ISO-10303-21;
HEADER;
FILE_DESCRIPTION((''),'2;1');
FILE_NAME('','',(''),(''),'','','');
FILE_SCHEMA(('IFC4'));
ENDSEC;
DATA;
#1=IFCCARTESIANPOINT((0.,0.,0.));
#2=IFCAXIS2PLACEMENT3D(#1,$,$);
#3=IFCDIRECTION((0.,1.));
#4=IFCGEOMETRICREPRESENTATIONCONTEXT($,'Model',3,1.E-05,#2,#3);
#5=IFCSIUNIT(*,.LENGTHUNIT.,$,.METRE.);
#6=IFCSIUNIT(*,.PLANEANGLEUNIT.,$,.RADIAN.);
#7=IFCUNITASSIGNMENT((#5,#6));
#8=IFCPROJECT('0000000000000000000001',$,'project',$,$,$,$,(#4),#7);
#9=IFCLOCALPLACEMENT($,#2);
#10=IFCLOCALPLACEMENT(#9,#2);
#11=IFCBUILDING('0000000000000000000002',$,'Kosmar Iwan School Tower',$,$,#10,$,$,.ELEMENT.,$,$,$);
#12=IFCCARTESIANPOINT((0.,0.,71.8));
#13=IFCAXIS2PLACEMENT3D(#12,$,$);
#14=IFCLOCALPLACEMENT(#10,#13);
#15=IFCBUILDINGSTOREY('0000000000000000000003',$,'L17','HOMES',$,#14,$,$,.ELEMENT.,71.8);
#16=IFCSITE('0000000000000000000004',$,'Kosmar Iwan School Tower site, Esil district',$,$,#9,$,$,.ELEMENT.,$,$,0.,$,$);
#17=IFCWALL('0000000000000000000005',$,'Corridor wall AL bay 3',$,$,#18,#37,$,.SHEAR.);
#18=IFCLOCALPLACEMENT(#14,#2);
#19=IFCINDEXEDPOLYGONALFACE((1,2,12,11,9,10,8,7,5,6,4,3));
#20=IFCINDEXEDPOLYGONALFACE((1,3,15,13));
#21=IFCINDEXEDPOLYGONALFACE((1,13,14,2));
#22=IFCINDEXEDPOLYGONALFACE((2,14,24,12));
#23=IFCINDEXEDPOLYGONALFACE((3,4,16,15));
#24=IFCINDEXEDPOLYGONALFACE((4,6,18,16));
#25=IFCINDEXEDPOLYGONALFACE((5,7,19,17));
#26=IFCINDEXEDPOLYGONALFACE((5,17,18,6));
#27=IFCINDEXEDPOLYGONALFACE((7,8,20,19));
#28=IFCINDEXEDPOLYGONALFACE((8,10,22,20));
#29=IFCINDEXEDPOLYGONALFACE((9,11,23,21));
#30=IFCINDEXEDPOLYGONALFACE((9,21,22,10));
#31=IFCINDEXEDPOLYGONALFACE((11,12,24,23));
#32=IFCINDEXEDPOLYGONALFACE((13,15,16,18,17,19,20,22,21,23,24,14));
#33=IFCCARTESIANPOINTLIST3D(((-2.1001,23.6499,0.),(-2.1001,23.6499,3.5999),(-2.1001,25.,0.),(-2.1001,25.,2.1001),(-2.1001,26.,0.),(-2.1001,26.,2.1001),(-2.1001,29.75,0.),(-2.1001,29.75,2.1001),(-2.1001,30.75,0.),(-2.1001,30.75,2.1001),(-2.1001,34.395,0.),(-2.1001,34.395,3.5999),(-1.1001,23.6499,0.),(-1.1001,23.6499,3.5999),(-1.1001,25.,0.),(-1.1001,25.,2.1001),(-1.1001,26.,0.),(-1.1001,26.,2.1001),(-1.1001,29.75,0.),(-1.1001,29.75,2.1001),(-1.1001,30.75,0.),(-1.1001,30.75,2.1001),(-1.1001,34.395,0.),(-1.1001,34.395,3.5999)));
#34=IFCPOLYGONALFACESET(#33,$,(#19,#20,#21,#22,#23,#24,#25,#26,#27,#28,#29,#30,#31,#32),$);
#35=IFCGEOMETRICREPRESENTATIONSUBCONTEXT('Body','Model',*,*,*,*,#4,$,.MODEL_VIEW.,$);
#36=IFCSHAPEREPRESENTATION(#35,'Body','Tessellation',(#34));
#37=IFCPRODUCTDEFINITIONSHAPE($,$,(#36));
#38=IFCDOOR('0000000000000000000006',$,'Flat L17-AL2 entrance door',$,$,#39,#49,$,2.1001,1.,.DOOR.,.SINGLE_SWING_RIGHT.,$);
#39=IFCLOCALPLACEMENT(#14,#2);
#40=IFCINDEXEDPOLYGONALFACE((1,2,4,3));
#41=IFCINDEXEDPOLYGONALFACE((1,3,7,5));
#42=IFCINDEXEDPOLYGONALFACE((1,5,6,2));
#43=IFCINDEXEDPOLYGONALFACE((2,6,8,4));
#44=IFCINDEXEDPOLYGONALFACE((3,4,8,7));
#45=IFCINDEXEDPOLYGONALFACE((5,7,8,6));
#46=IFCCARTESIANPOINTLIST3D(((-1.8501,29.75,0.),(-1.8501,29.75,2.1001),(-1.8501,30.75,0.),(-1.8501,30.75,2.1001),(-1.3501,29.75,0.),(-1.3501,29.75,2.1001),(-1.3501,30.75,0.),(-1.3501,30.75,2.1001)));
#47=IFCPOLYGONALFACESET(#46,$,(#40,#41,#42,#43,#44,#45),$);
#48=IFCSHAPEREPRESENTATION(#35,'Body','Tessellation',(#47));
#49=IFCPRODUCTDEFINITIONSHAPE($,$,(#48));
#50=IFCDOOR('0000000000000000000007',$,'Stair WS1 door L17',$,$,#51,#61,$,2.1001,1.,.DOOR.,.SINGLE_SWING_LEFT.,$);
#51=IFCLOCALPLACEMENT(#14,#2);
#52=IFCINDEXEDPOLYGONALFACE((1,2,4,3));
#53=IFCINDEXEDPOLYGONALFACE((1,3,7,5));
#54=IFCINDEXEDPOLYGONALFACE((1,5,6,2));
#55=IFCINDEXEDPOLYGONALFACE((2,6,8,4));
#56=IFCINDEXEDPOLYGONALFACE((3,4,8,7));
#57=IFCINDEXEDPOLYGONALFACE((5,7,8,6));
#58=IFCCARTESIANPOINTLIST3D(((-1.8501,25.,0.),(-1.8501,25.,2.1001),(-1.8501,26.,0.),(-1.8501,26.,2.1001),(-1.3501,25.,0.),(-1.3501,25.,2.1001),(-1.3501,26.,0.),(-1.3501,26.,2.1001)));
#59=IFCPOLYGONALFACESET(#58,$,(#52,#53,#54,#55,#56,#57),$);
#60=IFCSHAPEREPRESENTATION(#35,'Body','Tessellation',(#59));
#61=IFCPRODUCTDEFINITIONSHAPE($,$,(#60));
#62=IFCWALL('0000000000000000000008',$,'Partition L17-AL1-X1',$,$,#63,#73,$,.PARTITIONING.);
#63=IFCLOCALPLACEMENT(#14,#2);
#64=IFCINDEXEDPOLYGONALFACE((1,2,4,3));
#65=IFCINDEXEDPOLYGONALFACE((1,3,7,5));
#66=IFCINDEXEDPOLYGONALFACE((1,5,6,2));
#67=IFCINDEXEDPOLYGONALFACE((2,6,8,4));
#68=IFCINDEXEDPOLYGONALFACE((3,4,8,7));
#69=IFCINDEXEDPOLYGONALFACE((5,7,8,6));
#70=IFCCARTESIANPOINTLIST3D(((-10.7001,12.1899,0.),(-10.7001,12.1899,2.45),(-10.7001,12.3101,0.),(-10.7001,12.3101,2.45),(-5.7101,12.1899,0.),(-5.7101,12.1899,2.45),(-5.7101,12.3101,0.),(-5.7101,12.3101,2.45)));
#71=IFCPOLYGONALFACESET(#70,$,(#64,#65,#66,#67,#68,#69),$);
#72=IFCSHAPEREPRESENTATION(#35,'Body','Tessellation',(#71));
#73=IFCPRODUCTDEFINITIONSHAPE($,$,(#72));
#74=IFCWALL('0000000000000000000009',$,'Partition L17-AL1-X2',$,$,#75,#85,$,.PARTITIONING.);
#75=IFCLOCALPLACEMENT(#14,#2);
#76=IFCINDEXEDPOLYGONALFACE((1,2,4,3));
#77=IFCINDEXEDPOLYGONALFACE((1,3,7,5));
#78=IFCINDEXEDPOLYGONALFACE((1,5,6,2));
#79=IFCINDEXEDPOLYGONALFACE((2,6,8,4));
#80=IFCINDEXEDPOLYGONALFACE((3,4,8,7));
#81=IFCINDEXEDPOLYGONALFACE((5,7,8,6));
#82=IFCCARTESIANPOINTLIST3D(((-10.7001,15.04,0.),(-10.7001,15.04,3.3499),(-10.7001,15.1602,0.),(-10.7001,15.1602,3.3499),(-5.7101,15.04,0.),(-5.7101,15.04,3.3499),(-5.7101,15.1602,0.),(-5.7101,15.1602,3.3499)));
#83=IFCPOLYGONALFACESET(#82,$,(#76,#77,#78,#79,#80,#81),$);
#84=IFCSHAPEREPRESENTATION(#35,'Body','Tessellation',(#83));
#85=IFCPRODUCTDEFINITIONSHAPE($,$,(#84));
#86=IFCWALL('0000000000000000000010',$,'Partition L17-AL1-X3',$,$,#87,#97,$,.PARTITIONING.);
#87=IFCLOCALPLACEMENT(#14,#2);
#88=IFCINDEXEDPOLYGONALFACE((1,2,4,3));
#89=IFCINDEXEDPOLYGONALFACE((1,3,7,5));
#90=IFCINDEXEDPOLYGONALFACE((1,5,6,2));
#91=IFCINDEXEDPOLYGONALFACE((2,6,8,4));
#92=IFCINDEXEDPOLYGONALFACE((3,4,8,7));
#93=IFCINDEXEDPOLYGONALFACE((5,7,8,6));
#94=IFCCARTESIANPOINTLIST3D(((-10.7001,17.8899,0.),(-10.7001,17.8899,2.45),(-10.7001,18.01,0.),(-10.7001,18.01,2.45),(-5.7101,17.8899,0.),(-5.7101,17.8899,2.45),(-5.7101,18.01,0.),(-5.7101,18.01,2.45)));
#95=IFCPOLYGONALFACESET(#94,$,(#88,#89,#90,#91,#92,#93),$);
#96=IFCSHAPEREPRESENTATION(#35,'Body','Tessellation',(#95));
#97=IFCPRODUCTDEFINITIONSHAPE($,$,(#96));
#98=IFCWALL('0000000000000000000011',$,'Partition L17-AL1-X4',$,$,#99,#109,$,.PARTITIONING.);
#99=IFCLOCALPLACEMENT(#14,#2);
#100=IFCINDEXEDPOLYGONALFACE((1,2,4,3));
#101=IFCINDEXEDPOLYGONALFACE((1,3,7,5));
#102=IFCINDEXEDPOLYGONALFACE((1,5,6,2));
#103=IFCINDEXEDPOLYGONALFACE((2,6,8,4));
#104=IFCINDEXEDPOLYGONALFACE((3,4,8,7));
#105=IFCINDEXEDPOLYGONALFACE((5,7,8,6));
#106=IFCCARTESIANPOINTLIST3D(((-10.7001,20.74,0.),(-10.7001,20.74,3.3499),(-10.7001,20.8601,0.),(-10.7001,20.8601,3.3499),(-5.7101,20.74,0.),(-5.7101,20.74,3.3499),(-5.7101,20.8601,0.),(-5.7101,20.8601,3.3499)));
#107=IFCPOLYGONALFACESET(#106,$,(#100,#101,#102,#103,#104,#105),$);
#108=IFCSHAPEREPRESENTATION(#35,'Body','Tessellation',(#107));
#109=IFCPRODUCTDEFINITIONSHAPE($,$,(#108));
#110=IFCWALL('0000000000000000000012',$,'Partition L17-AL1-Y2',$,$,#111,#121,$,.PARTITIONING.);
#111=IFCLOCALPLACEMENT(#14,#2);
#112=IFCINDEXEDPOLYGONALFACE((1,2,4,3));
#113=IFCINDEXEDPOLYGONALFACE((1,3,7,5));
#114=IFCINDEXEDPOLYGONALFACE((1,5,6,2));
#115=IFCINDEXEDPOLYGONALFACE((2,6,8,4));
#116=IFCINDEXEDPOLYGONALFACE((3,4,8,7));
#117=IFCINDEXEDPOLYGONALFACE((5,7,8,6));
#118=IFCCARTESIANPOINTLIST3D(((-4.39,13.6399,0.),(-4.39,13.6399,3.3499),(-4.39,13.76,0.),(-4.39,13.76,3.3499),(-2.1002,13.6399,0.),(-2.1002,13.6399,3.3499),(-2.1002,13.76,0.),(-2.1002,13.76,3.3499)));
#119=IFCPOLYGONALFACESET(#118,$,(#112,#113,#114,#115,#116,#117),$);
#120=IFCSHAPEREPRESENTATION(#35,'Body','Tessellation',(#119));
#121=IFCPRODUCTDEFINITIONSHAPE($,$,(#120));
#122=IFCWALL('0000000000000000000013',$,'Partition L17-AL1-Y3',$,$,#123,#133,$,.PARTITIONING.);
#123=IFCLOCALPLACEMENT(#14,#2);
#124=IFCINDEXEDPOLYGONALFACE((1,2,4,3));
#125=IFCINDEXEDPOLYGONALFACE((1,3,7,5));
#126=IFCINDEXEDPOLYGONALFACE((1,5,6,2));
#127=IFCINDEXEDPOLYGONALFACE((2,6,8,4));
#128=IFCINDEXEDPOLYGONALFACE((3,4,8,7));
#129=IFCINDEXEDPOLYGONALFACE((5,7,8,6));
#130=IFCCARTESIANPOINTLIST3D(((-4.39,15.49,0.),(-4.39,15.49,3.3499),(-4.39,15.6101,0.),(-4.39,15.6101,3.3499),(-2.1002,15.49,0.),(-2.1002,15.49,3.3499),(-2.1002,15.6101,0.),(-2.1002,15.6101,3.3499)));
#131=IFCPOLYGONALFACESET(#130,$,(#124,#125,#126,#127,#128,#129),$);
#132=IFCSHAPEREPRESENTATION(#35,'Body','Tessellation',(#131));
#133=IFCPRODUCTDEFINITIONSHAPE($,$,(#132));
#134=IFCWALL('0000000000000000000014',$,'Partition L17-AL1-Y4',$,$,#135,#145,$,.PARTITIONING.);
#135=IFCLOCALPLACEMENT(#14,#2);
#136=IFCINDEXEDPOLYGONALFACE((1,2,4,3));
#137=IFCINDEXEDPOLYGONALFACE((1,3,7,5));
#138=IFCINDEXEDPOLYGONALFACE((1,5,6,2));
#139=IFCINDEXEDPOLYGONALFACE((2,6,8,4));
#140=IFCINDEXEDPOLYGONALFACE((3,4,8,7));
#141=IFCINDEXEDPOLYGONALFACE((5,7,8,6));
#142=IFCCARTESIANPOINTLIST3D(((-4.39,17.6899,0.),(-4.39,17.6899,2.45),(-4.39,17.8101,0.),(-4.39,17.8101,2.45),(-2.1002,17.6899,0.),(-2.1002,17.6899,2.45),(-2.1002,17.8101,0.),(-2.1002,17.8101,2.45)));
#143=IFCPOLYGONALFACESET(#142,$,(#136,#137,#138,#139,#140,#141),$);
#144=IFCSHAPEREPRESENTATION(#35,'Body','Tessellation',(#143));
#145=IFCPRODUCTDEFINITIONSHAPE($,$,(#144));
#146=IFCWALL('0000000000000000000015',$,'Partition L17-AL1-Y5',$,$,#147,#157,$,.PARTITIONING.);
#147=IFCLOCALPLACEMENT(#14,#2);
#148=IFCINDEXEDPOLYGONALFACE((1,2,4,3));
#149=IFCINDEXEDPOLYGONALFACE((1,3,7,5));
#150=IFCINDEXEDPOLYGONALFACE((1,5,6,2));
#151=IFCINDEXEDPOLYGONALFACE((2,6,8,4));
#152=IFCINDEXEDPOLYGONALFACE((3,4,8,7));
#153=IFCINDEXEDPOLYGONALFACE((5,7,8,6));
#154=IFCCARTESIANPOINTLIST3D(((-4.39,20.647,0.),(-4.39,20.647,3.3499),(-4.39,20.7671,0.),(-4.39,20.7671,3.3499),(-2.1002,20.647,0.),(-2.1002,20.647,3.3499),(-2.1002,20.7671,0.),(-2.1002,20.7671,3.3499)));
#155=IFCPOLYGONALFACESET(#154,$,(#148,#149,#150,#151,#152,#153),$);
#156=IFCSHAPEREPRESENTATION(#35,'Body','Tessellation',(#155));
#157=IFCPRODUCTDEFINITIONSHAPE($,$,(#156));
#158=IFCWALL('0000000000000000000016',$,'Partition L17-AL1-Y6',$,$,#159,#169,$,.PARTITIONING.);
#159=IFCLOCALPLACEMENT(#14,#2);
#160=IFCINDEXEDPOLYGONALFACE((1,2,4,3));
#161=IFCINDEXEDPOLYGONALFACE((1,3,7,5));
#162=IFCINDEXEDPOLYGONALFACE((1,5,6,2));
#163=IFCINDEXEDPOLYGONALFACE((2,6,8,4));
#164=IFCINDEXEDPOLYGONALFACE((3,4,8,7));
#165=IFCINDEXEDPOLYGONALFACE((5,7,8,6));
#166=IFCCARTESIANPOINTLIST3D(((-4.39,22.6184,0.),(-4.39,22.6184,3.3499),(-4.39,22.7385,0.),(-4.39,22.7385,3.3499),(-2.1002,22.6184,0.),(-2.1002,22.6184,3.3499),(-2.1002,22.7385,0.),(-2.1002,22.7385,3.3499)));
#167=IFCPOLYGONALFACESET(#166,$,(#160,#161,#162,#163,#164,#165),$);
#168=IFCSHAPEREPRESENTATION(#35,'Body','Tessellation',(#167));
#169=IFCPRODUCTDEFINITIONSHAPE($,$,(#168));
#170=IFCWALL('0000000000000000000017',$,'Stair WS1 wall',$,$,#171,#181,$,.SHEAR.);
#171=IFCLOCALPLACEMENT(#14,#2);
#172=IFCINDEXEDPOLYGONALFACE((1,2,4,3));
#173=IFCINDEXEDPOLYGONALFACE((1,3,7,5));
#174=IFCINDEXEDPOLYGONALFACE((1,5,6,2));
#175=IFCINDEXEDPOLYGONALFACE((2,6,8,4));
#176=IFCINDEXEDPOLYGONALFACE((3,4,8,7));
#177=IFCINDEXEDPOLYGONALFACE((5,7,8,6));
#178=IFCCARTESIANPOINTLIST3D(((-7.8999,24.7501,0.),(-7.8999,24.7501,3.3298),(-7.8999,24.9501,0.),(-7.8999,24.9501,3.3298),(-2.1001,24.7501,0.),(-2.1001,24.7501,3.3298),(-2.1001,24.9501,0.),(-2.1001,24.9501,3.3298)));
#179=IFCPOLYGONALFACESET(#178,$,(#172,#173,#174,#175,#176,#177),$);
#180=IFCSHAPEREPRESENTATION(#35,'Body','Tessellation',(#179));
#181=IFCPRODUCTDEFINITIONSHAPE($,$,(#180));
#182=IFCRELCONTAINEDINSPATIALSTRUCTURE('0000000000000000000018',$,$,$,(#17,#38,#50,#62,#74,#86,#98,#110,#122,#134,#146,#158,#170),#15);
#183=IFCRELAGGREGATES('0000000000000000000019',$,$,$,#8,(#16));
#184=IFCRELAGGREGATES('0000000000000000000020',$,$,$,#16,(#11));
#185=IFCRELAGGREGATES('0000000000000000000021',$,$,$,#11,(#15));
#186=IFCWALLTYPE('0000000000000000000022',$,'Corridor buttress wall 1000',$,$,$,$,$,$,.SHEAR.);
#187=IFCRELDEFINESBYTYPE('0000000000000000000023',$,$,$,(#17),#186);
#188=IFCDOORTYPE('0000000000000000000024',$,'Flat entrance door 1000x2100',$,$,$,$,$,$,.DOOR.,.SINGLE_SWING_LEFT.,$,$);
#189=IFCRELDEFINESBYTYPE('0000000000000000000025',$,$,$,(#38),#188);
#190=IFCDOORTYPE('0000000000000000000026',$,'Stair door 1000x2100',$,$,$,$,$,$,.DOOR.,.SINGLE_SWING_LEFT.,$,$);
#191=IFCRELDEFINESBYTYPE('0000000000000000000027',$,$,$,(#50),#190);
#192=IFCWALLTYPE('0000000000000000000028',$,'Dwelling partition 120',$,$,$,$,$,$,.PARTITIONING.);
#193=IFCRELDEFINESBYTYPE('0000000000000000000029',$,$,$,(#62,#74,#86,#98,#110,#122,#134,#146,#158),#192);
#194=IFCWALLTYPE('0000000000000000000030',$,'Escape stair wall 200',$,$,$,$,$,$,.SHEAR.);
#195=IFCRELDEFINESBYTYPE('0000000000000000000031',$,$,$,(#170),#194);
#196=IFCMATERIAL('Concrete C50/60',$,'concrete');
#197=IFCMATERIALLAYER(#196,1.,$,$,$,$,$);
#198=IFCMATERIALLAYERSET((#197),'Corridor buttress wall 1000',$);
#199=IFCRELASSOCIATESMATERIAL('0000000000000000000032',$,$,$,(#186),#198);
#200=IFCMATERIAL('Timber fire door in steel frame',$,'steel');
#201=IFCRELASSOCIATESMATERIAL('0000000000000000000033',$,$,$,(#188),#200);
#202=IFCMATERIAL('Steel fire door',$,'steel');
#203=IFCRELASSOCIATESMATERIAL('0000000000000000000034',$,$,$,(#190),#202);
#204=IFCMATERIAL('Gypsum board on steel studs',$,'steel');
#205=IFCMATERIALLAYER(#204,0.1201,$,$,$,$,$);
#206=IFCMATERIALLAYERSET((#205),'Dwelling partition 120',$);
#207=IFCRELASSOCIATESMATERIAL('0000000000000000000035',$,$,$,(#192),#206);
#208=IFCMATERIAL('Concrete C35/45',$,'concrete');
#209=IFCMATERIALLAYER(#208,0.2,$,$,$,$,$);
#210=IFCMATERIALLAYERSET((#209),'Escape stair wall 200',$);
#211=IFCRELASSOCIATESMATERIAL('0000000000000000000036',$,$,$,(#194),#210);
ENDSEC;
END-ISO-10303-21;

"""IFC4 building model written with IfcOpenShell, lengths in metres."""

from ifc_helpers import new_model, si_unit, direction, frame, frame_2d, origin, place, context, subcontext, project, spatial, rectangle, extrude, material, layer, layer_set, type_object, element, fill, save


model = new_model("IFC4")

# Units and contexts
model_context = context("Model", 3, precision=1e-05, world=origin(), true_north=direction((0.0, 1.0)))
body_context = subcontext(model_context, "Body", "Model", "MODEL_VIEW")
ifc_project = project(units=[si_unit("LENGTHUNIT", "METRE"), si_unit("PLANEANGLEUNIT", "RADIAN")], contexts=[model_context])

# Site, building, storey
site_placement = place(None, origin())
site = spatial("IfcSite", under=ifc_project, at=site_placement, Name="Kosmar Iwan School Tower site, Esil district", CompositionType="ELEMENT", RefElevation=0.0)
building_placement = place(site_placement, origin())
building = spatial("IfcBuilding", under=site, at=building_placement, Name="Kosmar Iwan School Tower", CompositionType="ELEMENT")
storey_placement = place(building_placement, frame((0.0, 0.0, 71.8)))
storey = spatial("IfcBuildingStorey", under=building, at=storey_placement, Name="L17", Description="HOMES", CompositionType="ELEMENT", Elevation=71.8)

# Shared definitions
ifc_material_1 = material(Name="Concrete C50/60", Category="concrete")
ifc_layer_1 = layer(ifc_material_1, 1.0)
ifc_layer_set_1 = layer_set([ifc_layer_1], Name="Corridor buttress wall 1000")
wall_type_1 = type_object("IfcWallType", Name="Corridor buttress wall 1000", PredefinedType="SHEAR", material=ifc_layer_set_1)

# Wall, openings, doors
wall_1_placement = place(storey_placement, frame((-1.6001, 23.6499, 0.0), z_axis=(0.0, 0.0, 1.0), x_axis=(0.0, 1.0, 0.0)))
wall_1 = element("IfcWall", 1, at=wall_1_placement, inside=storey, type_object=wall_type_1, Name="Corridor wall AL bay 3", PredefinedType="SHEAR", context=body_context, shape_type="SweptSolid", body=[
    extrude(rectangle(XDim=10.7451, YDim=1.0, at=frame_2d((5.3726, 0.0))), origin(), (0.0, 0.0, 1.0), 3.5999),
])
opening_1_placement = place(wall_1_placement, frame((6.1001, 0.0, 0.0)))
opening_1 = element("IfcOpeningElement", 2, at=opening_1_placement, cuts=wall_1, PredefinedType="OPENING", context=body_context, shape_type="SweptSolid", body=[
    extrude(rectangle(XDim=1.0, YDim=2.1001, at=frame_2d((0.5, 1.05))), frame((0.0, 0.512, 0.0), z_axis=(0.0, -1.0, 0.0), x_axis=(1.0, 0.0, 0.0)), (0.0, 0.0, 1.0), 1.0239),
])
opening_2_placement = place(wall_1_placement, frame((1.3501, 0.0, 0.0)))
opening_2 = element("IfcOpeningElement", 3, at=opening_2_placement, cuts=wall_1, PredefinedType="OPENING", context=body_context, shape_type="SweptSolid", body=[
    extrude(rectangle(XDim=1.0, YDim=2.1001, at=frame_2d((0.5, 1.05))), frame((0.0, 0.512, 0.0), z_axis=(0.0, -1.0, 0.0), x_axis=(1.0, 0.0, 0.0)), (0.0, 0.0, 1.0), 1.0239),
])
ifc_material_2 = material(Name="Timber fire door in steel frame", Category="steel")
door_type_1 = type_object("IfcDoorType", Name="Flat entrance door 1000x2100", OperationType="SINGLE_SWING_LEFT", PredefinedType="DOOR", material=ifc_material_2)
door_1_placement = place(opening_1_placement, origin())
door_1 = element("IfcDoor", 4, at=door_1_placement, inside=storey, type_object=door_type_1, Name="Flat L17-AL2 entrance door", OperationType="SINGLE_SWING_RIGHT", OverallHeight=2.1001, OverallWidth=1.0, PredefinedType="DOOR", context=body_context, shape_type="SweptSolid", body=[
    extrude(rectangle(XDim=1.0, YDim=2.1001, at=frame_2d((0.5, 1.05))), frame((0.0, 0.25, 0.0), z_axis=(0.0, -1.0, 0.0), x_axis=(1.0, 0.0, 0.0)), (0.0, 0.0, 1.0), 0.5),
])
fill(opening_1, door_1)
ifc_material_3 = material(Name="Steel fire door", Category="steel")
door_type_2 = type_object("IfcDoorType", Name="Stair door 1000x2100", OperationType="SINGLE_SWING_LEFT", PredefinedType="DOOR", material=ifc_material_3)
door_2_placement = place(opening_2_placement, origin())
door_2 = element("IfcDoor", 5, at=door_2_placement, inside=storey, type_object=door_type_2, Name="Stair WS1 door L17", OperationType="SINGLE_SWING_LEFT", OverallHeight=2.1001, OverallWidth=1.0, PredefinedType="DOOR", context=body_context, shape_type="SweptSolid", body=[
    extrude(rectangle(XDim=1.0, YDim=2.1001, at=frame_2d((0.5, 1.05))), frame((0.0, 0.25, 0.0), z_axis=(0.0, -1.0, 0.0), x_axis=(1.0, 0.0, 0.0)), (0.0, 0.0, 1.0), 0.5),
])
fill(opening_2, door_2)

# Walls
ifc_material_4 = material(Name="Gypsum board on steel studs", Category="steel")
ifc_layer_2 = layer(ifc_material_4, 0.1201)
ifc_layer_set_2 = layer_set([ifc_layer_2], Name="Dwelling partition 120")
wall_type_2 = type_object("IfcWallType", Name="Dwelling partition 120", PredefinedType="PARTITIONING", material=ifc_layer_set_2)
wall_2_placement = place(storey_placement, frame((-5.71, 12.25, 0.0), z_axis=(0.0, 0.0, 1.0), x_axis=(-1.0, 0.0, 0.0)))
element("IfcWall", 6, at=wall_2_placement, inside=storey, type_object=wall_type_2, Name="Partition L17-AL1-X1", PredefinedType="PARTITIONING", context=body_context, shape_type="SweptSolid", body=[
    extrude(rectangle(XDim=4.99, YDim=0.1201, at=frame_2d((2.4951, 0.0))), origin(), (0.0, 0.0, 1.0), 2.45),
])
wall_3_placement = place(storey_placement, frame((-5.71, 15.1001, 0.0), z_axis=(0.0, 0.0, 1.0), x_axis=(-1.0, 0.0, 0.0)))
element("IfcWall", 7, at=wall_3_placement, inside=storey, type_object=wall_type_2, Name="Partition L17-AL1-X2", PredefinedType="PARTITIONING", context=body_context, shape_type="SweptSolid", body=[
    extrude(rectangle(XDim=4.99, YDim=0.1201, at=frame_2d((2.4951, 0.0))), origin(), (0.0, 0.0, 1.0), 3.3499),
])
wall_4_placement = place(storey_placement, frame((-5.71, 17.95, 0.0), z_axis=(0.0, 0.0, 1.0), x_axis=(-1.0, 0.0, 0.0)))
element("IfcWall", 8, at=wall_4_placement, inside=storey, type_object=wall_type_2, Name="Partition L17-AL1-X3", PredefinedType="PARTITIONING", context=body_context, shape_type="SweptSolid", body=[
    extrude(rectangle(XDim=4.99, YDim=0.1201, at=frame_2d((2.4951, 0.0))), origin(), (0.0, 0.0, 1.0), 2.45),
])
wall_5_placement = place(storey_placement, frame((-5.71, 20.8, 0.0), z_axis=(0.0, 0.0, 1.0), x_axis=(-1.0, 0.0, 0.0)))
element("IfcWall", 9, at=wall_5_placement, inside=storey, type_object=wall_type_2, Name="Partition L17-AL1-X4", PredefinedType="PARTITIONING", context=body_context, shape_type="SweptSolid", body=[
    extrude(rectangle(XDim=4.99, YDim=0.1201, at=frame_2d((2.4951, 0.0))), origin(), (0.0, 0.0, 1.0), 3.3499),
])
for number, where, z_axis, x_axis, name in (
    (10, (-2.1001, 13.7, 0.0), (0.0, 0.0, 1.0), (-1.0, 0.0, 0.0), "Partition L17-AL1-Y2"),
    (11, (-2.1001, 15.55, 0.0), (0.0, 0.0, 1.0), (-1.0, 0.0, 0.0), "Partition L17-AL1-Y3"),
):
    element("IfcWall", number, at=place(storey_placement, frame(where, z_axis=z_axis, x_axis=x_axis)), inside=storey, type_object=wall_type_2, Name=name, PredefinedType="PARTITIONING", context=body_context, shape_type="SweptSolid", body=[
        extrude(rectangle(XDim=2.2898, YDim=0.1201, at=frame_2d((1.145, 0.0))), origin(), (0.0, 0.0, 1.0), 3.3499),
    ])
wall_6_placement = place(storey_placement, frame((-2.1001, 17.75, 0.0), z_axis=(0.0, 0.0, 1.0), x_axis=(-1.0, 0.0, 0.0)))
element("IfcWall", 12, at=wall_6_placement, inside=storey, type_object=wall_type_2, Name="Partition L17-AL1-Y4", PredefinedType="PARTITIONING", context=body_context, shape_type="SweptSolid", body=[
    extrude(rectangle(XDim=2.2898, YDim=0.1201, at=frame_2d((1.145, 0.0))), origin(), (0.0, 0.0, 1.0), 2.45),
])
for number, where, z_axis, x_axis, name in (
    (13, (-2.1001, 20.707, 0.0), (0.0, 0.0, 1.0), (-1.0, 0.0, 0.0), "Partition L17-AL1-Y5"),
    (14, (-2.1001, 22.6785, 0.0), (0.0, 0.0, 1.0), (-1.0, 0.0, 0.0), "Partition L17-AL1-Y6"),
):
    element("IfcWall", number, at=place(storey_placement, frame(where, z_axis=z_axis, x_axis=x_axis)), inside=storey, type_object=wall_type_2, Name=name, PredefinedType="PARTITIONING", context=body_context, shape_type="SweptSolid", body=[
        extrude(rectangle(XDim=2.2898, YDim=0.1201, at=frame_2d((1.145, 0.0))), origin(), (0.0, 0.0, 1.0), 3.3499),
    ])
ifc_material_5 = material(Name="Concrete C35/45", Category="concrete")
ifc_layer_3 = layer(ifc_material_5, 0.2)
ifc_layer_set_3 = layer_set([ifc_layer_3], Name="Escape stair wall 200")
wall_type_3 = type_object("IfcWallType", Name="Escape stair wall 200", PredefinedType="SHEAR", material=ifc_layer_set_3)
wall_7_placement = place(storey_placement, frame((-2.1001, 24.8501, 0.0), z_axis=(0.0, 0.0, 1.0), x_axis=(-1.0, 0.0, 0.0)))
element("IfcWall", 15, at=wall_7_placement, inside=storey, type_object=wall_type_3, Name="Stair WS1 wall", PredefinedType="SHEAR", context=body_context, shape_type="SweptSolid", body=[
    extrude(rectangle(XDim=5.7998, YDim=0.2, at=frame_2d((2.8999, 0.0))), origin(), (0.0, 0.0, 1.0), 3.3298),
])

save(model, "model.ifc")
